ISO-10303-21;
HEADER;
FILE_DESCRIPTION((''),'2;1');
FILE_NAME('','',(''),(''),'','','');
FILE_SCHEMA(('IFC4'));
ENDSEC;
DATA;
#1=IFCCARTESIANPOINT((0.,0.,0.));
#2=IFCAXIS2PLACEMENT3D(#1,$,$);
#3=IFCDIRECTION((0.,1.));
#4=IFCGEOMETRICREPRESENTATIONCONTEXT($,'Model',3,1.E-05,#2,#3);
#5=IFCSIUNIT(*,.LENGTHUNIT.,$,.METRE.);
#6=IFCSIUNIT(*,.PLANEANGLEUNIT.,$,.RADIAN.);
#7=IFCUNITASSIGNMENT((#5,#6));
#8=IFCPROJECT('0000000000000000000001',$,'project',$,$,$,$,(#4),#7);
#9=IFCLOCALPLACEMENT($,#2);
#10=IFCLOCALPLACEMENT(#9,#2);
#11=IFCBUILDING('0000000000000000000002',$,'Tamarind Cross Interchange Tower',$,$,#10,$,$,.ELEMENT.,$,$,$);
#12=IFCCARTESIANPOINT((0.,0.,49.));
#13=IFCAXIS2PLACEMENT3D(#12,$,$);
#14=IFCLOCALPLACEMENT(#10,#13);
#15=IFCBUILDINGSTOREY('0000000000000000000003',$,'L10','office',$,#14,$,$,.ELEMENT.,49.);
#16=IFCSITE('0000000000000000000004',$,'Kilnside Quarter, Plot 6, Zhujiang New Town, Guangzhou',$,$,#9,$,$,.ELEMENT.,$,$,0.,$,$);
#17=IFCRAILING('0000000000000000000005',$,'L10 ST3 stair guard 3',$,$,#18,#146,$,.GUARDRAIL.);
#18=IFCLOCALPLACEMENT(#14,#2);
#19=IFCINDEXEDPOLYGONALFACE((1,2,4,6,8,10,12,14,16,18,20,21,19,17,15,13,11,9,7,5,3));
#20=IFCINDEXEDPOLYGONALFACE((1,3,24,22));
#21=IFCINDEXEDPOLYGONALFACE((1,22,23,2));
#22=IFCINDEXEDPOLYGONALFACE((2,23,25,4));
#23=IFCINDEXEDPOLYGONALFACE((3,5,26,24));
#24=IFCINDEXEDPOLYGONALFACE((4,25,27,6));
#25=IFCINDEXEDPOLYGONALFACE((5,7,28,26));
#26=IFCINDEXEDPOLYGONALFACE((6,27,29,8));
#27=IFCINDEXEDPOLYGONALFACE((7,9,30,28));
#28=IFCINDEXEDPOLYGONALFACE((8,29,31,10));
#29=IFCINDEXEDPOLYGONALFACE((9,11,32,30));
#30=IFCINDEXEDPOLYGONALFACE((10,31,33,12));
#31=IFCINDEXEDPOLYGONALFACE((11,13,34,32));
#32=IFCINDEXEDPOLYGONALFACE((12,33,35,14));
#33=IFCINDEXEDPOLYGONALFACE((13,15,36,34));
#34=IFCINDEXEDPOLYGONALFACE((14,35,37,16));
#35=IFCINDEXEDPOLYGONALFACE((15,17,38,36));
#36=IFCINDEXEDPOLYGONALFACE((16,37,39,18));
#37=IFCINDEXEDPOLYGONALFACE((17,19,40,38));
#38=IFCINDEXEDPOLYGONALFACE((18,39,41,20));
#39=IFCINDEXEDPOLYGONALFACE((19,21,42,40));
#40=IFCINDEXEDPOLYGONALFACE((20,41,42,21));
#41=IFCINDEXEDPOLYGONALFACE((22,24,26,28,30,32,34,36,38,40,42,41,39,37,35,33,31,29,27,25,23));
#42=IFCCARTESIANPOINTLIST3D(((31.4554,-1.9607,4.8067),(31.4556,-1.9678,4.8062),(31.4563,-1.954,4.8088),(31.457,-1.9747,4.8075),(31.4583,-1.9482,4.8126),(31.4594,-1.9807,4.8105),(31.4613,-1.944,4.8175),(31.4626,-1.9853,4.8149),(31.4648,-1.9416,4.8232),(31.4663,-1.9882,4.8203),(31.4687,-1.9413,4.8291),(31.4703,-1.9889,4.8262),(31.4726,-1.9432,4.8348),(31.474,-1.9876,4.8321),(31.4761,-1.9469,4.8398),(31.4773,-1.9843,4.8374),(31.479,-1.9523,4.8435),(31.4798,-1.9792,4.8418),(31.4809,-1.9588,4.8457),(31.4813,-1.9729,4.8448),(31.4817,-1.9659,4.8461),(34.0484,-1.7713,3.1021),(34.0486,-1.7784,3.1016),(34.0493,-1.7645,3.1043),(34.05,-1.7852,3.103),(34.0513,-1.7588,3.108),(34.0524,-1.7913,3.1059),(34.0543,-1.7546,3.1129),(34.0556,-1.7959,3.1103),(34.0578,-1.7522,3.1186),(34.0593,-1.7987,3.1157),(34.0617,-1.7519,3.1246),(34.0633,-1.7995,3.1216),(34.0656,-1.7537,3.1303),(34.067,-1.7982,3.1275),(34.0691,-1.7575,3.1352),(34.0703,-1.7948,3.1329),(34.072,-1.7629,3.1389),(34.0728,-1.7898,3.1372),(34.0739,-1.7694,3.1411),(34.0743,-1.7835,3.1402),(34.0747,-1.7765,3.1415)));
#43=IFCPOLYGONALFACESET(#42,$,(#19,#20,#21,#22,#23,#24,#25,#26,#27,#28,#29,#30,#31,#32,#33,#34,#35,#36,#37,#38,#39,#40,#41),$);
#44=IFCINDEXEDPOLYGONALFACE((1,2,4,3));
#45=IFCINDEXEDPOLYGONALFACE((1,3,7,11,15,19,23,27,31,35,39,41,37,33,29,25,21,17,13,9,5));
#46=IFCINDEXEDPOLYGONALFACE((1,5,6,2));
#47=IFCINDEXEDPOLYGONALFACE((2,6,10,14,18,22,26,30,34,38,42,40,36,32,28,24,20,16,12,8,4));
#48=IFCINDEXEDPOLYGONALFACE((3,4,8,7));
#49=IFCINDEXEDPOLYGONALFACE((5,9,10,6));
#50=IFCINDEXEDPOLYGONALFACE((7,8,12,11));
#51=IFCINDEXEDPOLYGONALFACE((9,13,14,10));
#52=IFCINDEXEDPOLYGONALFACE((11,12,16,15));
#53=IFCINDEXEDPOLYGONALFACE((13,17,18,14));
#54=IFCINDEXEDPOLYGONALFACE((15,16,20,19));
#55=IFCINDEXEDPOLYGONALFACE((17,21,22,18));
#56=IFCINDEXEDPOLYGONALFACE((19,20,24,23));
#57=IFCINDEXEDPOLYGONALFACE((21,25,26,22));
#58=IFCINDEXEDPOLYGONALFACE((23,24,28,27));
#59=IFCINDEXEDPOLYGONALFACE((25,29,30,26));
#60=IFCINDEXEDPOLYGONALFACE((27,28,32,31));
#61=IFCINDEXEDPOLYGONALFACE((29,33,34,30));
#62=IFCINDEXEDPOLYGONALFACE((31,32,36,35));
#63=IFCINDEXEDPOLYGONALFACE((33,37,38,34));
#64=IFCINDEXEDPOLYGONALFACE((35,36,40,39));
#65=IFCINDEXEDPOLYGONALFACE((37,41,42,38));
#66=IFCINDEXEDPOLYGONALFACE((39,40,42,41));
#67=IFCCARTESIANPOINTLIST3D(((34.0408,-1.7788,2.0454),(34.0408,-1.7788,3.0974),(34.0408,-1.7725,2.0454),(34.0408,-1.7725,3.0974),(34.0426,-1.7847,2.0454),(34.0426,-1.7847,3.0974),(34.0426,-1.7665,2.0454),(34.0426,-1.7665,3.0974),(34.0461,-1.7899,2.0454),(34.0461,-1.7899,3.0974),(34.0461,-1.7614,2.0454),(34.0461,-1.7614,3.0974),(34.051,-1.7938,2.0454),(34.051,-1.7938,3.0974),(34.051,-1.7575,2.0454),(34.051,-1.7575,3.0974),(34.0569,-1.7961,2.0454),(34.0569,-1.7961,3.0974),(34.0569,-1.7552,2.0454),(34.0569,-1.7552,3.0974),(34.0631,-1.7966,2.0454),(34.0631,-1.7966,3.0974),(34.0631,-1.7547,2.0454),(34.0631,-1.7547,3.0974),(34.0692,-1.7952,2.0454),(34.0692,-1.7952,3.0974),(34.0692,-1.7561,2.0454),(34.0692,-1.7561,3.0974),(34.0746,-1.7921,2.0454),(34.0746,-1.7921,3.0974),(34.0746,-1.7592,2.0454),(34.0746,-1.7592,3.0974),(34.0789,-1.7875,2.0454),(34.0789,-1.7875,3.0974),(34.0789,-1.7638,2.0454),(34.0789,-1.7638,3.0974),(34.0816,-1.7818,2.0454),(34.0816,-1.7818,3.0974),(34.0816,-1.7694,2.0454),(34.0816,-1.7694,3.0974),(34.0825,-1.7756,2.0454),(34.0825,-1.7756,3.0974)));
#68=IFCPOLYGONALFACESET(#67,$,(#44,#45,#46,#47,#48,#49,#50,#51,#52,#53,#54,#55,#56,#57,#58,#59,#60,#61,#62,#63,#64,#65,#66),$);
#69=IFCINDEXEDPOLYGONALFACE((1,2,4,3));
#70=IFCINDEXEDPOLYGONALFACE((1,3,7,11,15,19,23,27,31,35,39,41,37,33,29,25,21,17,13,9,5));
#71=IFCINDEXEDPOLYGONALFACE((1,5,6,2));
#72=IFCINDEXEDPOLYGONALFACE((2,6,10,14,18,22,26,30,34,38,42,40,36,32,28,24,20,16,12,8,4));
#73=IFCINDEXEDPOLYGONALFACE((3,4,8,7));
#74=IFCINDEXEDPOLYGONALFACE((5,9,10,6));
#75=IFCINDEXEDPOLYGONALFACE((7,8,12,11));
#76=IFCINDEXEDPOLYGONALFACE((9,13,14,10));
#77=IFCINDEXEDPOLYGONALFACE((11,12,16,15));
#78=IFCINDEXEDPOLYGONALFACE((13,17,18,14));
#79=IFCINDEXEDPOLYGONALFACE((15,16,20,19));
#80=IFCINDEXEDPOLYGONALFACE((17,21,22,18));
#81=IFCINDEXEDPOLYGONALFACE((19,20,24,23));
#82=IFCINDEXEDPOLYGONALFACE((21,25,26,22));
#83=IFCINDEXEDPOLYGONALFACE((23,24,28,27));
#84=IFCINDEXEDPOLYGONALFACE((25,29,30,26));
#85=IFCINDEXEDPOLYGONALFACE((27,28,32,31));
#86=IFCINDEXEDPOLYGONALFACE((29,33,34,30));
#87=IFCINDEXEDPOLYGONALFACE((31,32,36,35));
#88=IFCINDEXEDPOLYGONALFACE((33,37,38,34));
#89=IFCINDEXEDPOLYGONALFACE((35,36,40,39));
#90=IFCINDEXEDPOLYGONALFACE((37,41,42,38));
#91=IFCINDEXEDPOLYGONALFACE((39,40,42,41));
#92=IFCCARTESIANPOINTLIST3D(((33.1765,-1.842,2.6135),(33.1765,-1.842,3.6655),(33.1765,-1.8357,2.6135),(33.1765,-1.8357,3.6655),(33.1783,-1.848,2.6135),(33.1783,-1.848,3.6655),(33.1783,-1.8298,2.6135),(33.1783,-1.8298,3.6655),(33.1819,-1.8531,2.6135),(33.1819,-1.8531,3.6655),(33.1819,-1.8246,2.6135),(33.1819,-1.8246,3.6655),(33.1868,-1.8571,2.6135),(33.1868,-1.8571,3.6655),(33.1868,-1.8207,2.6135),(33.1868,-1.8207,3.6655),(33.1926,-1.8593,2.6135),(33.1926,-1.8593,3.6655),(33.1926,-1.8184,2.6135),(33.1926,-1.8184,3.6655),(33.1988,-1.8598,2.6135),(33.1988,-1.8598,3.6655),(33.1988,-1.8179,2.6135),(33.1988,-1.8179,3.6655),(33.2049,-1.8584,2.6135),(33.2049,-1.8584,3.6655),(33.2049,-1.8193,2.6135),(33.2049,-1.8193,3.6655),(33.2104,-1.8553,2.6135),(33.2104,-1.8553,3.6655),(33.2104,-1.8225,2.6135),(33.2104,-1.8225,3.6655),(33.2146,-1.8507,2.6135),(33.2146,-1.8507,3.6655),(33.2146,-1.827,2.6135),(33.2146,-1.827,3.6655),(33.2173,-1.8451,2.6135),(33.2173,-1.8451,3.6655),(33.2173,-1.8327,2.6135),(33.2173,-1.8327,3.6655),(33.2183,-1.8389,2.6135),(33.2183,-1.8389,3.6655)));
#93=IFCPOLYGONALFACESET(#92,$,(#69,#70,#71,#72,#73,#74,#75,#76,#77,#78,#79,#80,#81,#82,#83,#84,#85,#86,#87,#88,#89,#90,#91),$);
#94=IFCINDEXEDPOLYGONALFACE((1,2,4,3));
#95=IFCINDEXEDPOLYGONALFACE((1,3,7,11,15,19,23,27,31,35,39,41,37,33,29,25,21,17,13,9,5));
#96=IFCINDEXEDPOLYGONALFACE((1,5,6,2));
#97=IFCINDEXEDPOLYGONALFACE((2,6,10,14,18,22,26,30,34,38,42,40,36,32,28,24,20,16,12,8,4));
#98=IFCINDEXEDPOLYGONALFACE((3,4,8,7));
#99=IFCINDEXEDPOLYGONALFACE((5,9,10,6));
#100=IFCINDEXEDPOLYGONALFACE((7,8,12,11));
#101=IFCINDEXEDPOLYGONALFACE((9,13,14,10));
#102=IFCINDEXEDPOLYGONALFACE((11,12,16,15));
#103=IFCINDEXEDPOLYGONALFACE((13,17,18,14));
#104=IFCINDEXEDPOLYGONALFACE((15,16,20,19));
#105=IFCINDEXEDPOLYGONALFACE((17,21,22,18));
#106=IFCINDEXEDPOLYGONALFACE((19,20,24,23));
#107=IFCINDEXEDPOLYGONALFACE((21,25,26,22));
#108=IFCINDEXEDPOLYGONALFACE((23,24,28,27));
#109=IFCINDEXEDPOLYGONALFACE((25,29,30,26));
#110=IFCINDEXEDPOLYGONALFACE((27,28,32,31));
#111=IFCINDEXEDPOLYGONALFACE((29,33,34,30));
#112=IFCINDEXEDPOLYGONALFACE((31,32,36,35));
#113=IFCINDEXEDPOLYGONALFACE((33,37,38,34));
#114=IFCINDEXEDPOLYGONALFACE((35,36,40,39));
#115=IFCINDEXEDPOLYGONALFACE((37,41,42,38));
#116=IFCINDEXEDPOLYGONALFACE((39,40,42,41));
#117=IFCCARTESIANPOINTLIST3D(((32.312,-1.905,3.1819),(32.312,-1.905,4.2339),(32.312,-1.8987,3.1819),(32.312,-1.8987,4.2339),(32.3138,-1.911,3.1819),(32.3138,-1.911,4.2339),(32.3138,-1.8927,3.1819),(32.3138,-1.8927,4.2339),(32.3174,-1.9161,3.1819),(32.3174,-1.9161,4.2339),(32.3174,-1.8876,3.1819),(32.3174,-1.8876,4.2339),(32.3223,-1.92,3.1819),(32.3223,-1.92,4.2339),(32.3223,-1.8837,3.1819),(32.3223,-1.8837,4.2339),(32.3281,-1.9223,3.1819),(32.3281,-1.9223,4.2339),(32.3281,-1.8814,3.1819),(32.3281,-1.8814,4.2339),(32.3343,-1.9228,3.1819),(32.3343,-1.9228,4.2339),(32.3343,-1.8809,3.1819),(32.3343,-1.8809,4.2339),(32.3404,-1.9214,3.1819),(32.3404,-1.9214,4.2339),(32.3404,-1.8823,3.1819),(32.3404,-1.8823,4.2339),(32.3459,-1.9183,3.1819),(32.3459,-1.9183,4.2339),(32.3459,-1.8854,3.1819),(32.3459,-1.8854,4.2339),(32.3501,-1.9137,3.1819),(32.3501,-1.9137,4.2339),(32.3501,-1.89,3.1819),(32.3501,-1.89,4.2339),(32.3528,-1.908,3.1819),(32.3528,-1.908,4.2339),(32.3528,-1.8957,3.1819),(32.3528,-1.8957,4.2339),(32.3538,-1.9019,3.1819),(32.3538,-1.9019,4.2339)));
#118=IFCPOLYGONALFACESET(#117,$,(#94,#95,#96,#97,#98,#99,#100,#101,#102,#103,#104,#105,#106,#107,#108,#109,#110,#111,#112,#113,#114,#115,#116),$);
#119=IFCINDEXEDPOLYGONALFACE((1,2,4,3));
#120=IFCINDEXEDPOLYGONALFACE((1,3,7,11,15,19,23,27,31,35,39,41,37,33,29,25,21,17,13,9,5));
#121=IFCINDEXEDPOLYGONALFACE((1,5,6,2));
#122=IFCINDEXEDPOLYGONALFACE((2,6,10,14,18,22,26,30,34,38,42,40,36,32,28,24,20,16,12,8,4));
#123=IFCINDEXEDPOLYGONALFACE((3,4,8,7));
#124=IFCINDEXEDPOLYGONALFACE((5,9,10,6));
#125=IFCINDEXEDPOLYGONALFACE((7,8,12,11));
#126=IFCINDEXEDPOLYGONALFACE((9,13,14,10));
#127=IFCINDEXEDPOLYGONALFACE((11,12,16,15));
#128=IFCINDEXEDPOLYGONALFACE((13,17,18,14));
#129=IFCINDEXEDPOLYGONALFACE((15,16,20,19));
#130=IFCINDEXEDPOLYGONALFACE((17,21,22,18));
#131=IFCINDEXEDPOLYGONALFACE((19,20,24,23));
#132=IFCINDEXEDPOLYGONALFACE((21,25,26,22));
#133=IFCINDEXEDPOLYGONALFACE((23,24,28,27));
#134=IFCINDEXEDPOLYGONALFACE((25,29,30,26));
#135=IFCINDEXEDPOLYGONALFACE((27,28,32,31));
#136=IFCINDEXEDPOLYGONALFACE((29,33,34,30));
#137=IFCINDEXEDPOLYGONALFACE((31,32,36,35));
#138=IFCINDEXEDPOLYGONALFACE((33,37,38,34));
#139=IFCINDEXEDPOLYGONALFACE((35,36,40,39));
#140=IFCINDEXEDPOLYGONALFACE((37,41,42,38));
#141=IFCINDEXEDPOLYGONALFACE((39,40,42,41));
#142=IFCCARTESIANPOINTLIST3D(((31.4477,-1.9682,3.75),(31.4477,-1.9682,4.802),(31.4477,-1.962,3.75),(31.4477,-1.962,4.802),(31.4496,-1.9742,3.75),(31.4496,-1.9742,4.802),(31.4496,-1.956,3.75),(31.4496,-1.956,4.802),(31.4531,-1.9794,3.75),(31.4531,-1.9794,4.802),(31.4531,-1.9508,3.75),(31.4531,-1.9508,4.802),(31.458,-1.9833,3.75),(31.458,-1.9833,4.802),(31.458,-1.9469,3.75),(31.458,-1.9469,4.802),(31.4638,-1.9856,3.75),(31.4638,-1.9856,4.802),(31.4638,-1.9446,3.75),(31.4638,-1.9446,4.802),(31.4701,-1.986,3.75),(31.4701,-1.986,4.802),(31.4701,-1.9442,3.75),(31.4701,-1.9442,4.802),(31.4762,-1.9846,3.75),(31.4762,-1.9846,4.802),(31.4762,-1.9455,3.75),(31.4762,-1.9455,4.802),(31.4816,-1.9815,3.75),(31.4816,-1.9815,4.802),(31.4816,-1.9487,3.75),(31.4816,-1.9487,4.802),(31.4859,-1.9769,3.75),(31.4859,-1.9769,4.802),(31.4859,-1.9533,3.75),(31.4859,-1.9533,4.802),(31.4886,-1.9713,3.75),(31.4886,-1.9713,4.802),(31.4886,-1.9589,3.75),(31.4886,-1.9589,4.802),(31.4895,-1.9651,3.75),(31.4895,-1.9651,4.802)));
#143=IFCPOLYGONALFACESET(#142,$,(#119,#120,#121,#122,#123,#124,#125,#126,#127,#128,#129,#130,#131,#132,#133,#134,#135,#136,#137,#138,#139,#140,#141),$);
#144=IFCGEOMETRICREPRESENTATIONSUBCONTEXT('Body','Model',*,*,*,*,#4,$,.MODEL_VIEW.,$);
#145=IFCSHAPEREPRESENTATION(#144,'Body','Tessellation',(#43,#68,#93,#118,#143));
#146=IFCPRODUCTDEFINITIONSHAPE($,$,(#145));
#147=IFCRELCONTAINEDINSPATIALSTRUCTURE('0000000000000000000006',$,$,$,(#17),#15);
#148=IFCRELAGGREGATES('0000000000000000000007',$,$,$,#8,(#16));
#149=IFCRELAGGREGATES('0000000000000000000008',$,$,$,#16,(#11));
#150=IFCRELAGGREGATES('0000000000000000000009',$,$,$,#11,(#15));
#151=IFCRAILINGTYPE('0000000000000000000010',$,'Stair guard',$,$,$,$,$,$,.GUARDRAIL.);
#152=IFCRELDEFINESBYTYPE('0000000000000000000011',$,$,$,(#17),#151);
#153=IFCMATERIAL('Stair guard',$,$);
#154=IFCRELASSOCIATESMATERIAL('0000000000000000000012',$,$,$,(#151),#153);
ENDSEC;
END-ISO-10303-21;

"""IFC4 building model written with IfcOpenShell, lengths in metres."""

from ifc_helpers import new_model, si_unit, direction, frame, origin, origin_2d, place, context, subcontext, project, spatial, circle, extrude, material, type_object, element, save


model = new_model("IFC4")

# Units and contexts
model_context = context("Model", 3, precision=1e-05, world=origin(), true_north=direction((0.0, 1.0)))
body_context = subcontext(model_context, "Body", "Model", "MODEL_VIEW")
ifc_project = project(units=[si_unit("LENGTHUNIT", "METRE"), si_unit("PLANEANGLEUNIT", "RADIAN")], contexts=[model_context])

# Site, building, storey
site_placement = place(None, origin())
site = spatial("IfcSite", under=ifc_project, at=site_placement, Name="Kilnside Quarter, Plot 6, Zhujiang New Town, Guangzhou", CompositionType="ELEMENT", RefElevation=0.0)
building_placement = place(site_placement, origin())
building = spatial("IfcBuilding", under=site, at=building_placement, Name="Tamarind Cross Interchange Tower", CompositionType="ELEMENT")
storey_placement = place(building_placement, frame((0.0, 0.0, 49.0)))
storey = spatial("IfcBuildingStorey", under=building, at=storey_placement, Name="L10", Description="office", CompositionType="ELEMENT", Elevation=49.0)

# Railing
ifc_material_1 = material(Name="Stair guard")
railing_type_1 = type_object("IfcRailingType", Name="Stair guard", PredefinedType="GUARDRAIL", material=ifc_material_1)
railing_1_placement = place(storey_placement, frame((34.0615, -1.7756, 2.0454)))
element("IfcRailing", 1, at=railing_1_placement, inside=storey, type_object=railing_type_1, Name="L10 ST3 stair guard 3", PredefinedType="GUARDRAIL", context=body_context, shape_type="SweptSolid", body=[
    extrude(circle(Radius=0.0239, at=origin_2d()), frame((0.0, 0.0, 1.0762), z_axis=(-0.834063, -0.060939, 0.548294), x_axis=(0.072869, -0.997342, 0.0)), (0.0, 0.0, 1.0), 3.1089),
    extrude(circle(Radius=0.021, at=origin_2d()), origin(), (0.0, 0.0, 1.0), 1.052),
    extrude(circle(Radius=0.021, at=origin_2d()), frame((-0.8643, -0.0632, 0.5681)), (0.0, 0.0, 1.0), 1.052),
    extrude(circle(Radius=0.021, at=origin_2d()), frame((-1.7288, -0.1262, 1.1365)), (0.0, 0.0, 1.0), 1.052),
    extrude(circle(Radius=0.021, at=origin_2d()), frame((-2.593, -0.1895, 1.7046)), (0.0, 0.0, 1.0), 1.052),
])

save(model, "model.ifc")
